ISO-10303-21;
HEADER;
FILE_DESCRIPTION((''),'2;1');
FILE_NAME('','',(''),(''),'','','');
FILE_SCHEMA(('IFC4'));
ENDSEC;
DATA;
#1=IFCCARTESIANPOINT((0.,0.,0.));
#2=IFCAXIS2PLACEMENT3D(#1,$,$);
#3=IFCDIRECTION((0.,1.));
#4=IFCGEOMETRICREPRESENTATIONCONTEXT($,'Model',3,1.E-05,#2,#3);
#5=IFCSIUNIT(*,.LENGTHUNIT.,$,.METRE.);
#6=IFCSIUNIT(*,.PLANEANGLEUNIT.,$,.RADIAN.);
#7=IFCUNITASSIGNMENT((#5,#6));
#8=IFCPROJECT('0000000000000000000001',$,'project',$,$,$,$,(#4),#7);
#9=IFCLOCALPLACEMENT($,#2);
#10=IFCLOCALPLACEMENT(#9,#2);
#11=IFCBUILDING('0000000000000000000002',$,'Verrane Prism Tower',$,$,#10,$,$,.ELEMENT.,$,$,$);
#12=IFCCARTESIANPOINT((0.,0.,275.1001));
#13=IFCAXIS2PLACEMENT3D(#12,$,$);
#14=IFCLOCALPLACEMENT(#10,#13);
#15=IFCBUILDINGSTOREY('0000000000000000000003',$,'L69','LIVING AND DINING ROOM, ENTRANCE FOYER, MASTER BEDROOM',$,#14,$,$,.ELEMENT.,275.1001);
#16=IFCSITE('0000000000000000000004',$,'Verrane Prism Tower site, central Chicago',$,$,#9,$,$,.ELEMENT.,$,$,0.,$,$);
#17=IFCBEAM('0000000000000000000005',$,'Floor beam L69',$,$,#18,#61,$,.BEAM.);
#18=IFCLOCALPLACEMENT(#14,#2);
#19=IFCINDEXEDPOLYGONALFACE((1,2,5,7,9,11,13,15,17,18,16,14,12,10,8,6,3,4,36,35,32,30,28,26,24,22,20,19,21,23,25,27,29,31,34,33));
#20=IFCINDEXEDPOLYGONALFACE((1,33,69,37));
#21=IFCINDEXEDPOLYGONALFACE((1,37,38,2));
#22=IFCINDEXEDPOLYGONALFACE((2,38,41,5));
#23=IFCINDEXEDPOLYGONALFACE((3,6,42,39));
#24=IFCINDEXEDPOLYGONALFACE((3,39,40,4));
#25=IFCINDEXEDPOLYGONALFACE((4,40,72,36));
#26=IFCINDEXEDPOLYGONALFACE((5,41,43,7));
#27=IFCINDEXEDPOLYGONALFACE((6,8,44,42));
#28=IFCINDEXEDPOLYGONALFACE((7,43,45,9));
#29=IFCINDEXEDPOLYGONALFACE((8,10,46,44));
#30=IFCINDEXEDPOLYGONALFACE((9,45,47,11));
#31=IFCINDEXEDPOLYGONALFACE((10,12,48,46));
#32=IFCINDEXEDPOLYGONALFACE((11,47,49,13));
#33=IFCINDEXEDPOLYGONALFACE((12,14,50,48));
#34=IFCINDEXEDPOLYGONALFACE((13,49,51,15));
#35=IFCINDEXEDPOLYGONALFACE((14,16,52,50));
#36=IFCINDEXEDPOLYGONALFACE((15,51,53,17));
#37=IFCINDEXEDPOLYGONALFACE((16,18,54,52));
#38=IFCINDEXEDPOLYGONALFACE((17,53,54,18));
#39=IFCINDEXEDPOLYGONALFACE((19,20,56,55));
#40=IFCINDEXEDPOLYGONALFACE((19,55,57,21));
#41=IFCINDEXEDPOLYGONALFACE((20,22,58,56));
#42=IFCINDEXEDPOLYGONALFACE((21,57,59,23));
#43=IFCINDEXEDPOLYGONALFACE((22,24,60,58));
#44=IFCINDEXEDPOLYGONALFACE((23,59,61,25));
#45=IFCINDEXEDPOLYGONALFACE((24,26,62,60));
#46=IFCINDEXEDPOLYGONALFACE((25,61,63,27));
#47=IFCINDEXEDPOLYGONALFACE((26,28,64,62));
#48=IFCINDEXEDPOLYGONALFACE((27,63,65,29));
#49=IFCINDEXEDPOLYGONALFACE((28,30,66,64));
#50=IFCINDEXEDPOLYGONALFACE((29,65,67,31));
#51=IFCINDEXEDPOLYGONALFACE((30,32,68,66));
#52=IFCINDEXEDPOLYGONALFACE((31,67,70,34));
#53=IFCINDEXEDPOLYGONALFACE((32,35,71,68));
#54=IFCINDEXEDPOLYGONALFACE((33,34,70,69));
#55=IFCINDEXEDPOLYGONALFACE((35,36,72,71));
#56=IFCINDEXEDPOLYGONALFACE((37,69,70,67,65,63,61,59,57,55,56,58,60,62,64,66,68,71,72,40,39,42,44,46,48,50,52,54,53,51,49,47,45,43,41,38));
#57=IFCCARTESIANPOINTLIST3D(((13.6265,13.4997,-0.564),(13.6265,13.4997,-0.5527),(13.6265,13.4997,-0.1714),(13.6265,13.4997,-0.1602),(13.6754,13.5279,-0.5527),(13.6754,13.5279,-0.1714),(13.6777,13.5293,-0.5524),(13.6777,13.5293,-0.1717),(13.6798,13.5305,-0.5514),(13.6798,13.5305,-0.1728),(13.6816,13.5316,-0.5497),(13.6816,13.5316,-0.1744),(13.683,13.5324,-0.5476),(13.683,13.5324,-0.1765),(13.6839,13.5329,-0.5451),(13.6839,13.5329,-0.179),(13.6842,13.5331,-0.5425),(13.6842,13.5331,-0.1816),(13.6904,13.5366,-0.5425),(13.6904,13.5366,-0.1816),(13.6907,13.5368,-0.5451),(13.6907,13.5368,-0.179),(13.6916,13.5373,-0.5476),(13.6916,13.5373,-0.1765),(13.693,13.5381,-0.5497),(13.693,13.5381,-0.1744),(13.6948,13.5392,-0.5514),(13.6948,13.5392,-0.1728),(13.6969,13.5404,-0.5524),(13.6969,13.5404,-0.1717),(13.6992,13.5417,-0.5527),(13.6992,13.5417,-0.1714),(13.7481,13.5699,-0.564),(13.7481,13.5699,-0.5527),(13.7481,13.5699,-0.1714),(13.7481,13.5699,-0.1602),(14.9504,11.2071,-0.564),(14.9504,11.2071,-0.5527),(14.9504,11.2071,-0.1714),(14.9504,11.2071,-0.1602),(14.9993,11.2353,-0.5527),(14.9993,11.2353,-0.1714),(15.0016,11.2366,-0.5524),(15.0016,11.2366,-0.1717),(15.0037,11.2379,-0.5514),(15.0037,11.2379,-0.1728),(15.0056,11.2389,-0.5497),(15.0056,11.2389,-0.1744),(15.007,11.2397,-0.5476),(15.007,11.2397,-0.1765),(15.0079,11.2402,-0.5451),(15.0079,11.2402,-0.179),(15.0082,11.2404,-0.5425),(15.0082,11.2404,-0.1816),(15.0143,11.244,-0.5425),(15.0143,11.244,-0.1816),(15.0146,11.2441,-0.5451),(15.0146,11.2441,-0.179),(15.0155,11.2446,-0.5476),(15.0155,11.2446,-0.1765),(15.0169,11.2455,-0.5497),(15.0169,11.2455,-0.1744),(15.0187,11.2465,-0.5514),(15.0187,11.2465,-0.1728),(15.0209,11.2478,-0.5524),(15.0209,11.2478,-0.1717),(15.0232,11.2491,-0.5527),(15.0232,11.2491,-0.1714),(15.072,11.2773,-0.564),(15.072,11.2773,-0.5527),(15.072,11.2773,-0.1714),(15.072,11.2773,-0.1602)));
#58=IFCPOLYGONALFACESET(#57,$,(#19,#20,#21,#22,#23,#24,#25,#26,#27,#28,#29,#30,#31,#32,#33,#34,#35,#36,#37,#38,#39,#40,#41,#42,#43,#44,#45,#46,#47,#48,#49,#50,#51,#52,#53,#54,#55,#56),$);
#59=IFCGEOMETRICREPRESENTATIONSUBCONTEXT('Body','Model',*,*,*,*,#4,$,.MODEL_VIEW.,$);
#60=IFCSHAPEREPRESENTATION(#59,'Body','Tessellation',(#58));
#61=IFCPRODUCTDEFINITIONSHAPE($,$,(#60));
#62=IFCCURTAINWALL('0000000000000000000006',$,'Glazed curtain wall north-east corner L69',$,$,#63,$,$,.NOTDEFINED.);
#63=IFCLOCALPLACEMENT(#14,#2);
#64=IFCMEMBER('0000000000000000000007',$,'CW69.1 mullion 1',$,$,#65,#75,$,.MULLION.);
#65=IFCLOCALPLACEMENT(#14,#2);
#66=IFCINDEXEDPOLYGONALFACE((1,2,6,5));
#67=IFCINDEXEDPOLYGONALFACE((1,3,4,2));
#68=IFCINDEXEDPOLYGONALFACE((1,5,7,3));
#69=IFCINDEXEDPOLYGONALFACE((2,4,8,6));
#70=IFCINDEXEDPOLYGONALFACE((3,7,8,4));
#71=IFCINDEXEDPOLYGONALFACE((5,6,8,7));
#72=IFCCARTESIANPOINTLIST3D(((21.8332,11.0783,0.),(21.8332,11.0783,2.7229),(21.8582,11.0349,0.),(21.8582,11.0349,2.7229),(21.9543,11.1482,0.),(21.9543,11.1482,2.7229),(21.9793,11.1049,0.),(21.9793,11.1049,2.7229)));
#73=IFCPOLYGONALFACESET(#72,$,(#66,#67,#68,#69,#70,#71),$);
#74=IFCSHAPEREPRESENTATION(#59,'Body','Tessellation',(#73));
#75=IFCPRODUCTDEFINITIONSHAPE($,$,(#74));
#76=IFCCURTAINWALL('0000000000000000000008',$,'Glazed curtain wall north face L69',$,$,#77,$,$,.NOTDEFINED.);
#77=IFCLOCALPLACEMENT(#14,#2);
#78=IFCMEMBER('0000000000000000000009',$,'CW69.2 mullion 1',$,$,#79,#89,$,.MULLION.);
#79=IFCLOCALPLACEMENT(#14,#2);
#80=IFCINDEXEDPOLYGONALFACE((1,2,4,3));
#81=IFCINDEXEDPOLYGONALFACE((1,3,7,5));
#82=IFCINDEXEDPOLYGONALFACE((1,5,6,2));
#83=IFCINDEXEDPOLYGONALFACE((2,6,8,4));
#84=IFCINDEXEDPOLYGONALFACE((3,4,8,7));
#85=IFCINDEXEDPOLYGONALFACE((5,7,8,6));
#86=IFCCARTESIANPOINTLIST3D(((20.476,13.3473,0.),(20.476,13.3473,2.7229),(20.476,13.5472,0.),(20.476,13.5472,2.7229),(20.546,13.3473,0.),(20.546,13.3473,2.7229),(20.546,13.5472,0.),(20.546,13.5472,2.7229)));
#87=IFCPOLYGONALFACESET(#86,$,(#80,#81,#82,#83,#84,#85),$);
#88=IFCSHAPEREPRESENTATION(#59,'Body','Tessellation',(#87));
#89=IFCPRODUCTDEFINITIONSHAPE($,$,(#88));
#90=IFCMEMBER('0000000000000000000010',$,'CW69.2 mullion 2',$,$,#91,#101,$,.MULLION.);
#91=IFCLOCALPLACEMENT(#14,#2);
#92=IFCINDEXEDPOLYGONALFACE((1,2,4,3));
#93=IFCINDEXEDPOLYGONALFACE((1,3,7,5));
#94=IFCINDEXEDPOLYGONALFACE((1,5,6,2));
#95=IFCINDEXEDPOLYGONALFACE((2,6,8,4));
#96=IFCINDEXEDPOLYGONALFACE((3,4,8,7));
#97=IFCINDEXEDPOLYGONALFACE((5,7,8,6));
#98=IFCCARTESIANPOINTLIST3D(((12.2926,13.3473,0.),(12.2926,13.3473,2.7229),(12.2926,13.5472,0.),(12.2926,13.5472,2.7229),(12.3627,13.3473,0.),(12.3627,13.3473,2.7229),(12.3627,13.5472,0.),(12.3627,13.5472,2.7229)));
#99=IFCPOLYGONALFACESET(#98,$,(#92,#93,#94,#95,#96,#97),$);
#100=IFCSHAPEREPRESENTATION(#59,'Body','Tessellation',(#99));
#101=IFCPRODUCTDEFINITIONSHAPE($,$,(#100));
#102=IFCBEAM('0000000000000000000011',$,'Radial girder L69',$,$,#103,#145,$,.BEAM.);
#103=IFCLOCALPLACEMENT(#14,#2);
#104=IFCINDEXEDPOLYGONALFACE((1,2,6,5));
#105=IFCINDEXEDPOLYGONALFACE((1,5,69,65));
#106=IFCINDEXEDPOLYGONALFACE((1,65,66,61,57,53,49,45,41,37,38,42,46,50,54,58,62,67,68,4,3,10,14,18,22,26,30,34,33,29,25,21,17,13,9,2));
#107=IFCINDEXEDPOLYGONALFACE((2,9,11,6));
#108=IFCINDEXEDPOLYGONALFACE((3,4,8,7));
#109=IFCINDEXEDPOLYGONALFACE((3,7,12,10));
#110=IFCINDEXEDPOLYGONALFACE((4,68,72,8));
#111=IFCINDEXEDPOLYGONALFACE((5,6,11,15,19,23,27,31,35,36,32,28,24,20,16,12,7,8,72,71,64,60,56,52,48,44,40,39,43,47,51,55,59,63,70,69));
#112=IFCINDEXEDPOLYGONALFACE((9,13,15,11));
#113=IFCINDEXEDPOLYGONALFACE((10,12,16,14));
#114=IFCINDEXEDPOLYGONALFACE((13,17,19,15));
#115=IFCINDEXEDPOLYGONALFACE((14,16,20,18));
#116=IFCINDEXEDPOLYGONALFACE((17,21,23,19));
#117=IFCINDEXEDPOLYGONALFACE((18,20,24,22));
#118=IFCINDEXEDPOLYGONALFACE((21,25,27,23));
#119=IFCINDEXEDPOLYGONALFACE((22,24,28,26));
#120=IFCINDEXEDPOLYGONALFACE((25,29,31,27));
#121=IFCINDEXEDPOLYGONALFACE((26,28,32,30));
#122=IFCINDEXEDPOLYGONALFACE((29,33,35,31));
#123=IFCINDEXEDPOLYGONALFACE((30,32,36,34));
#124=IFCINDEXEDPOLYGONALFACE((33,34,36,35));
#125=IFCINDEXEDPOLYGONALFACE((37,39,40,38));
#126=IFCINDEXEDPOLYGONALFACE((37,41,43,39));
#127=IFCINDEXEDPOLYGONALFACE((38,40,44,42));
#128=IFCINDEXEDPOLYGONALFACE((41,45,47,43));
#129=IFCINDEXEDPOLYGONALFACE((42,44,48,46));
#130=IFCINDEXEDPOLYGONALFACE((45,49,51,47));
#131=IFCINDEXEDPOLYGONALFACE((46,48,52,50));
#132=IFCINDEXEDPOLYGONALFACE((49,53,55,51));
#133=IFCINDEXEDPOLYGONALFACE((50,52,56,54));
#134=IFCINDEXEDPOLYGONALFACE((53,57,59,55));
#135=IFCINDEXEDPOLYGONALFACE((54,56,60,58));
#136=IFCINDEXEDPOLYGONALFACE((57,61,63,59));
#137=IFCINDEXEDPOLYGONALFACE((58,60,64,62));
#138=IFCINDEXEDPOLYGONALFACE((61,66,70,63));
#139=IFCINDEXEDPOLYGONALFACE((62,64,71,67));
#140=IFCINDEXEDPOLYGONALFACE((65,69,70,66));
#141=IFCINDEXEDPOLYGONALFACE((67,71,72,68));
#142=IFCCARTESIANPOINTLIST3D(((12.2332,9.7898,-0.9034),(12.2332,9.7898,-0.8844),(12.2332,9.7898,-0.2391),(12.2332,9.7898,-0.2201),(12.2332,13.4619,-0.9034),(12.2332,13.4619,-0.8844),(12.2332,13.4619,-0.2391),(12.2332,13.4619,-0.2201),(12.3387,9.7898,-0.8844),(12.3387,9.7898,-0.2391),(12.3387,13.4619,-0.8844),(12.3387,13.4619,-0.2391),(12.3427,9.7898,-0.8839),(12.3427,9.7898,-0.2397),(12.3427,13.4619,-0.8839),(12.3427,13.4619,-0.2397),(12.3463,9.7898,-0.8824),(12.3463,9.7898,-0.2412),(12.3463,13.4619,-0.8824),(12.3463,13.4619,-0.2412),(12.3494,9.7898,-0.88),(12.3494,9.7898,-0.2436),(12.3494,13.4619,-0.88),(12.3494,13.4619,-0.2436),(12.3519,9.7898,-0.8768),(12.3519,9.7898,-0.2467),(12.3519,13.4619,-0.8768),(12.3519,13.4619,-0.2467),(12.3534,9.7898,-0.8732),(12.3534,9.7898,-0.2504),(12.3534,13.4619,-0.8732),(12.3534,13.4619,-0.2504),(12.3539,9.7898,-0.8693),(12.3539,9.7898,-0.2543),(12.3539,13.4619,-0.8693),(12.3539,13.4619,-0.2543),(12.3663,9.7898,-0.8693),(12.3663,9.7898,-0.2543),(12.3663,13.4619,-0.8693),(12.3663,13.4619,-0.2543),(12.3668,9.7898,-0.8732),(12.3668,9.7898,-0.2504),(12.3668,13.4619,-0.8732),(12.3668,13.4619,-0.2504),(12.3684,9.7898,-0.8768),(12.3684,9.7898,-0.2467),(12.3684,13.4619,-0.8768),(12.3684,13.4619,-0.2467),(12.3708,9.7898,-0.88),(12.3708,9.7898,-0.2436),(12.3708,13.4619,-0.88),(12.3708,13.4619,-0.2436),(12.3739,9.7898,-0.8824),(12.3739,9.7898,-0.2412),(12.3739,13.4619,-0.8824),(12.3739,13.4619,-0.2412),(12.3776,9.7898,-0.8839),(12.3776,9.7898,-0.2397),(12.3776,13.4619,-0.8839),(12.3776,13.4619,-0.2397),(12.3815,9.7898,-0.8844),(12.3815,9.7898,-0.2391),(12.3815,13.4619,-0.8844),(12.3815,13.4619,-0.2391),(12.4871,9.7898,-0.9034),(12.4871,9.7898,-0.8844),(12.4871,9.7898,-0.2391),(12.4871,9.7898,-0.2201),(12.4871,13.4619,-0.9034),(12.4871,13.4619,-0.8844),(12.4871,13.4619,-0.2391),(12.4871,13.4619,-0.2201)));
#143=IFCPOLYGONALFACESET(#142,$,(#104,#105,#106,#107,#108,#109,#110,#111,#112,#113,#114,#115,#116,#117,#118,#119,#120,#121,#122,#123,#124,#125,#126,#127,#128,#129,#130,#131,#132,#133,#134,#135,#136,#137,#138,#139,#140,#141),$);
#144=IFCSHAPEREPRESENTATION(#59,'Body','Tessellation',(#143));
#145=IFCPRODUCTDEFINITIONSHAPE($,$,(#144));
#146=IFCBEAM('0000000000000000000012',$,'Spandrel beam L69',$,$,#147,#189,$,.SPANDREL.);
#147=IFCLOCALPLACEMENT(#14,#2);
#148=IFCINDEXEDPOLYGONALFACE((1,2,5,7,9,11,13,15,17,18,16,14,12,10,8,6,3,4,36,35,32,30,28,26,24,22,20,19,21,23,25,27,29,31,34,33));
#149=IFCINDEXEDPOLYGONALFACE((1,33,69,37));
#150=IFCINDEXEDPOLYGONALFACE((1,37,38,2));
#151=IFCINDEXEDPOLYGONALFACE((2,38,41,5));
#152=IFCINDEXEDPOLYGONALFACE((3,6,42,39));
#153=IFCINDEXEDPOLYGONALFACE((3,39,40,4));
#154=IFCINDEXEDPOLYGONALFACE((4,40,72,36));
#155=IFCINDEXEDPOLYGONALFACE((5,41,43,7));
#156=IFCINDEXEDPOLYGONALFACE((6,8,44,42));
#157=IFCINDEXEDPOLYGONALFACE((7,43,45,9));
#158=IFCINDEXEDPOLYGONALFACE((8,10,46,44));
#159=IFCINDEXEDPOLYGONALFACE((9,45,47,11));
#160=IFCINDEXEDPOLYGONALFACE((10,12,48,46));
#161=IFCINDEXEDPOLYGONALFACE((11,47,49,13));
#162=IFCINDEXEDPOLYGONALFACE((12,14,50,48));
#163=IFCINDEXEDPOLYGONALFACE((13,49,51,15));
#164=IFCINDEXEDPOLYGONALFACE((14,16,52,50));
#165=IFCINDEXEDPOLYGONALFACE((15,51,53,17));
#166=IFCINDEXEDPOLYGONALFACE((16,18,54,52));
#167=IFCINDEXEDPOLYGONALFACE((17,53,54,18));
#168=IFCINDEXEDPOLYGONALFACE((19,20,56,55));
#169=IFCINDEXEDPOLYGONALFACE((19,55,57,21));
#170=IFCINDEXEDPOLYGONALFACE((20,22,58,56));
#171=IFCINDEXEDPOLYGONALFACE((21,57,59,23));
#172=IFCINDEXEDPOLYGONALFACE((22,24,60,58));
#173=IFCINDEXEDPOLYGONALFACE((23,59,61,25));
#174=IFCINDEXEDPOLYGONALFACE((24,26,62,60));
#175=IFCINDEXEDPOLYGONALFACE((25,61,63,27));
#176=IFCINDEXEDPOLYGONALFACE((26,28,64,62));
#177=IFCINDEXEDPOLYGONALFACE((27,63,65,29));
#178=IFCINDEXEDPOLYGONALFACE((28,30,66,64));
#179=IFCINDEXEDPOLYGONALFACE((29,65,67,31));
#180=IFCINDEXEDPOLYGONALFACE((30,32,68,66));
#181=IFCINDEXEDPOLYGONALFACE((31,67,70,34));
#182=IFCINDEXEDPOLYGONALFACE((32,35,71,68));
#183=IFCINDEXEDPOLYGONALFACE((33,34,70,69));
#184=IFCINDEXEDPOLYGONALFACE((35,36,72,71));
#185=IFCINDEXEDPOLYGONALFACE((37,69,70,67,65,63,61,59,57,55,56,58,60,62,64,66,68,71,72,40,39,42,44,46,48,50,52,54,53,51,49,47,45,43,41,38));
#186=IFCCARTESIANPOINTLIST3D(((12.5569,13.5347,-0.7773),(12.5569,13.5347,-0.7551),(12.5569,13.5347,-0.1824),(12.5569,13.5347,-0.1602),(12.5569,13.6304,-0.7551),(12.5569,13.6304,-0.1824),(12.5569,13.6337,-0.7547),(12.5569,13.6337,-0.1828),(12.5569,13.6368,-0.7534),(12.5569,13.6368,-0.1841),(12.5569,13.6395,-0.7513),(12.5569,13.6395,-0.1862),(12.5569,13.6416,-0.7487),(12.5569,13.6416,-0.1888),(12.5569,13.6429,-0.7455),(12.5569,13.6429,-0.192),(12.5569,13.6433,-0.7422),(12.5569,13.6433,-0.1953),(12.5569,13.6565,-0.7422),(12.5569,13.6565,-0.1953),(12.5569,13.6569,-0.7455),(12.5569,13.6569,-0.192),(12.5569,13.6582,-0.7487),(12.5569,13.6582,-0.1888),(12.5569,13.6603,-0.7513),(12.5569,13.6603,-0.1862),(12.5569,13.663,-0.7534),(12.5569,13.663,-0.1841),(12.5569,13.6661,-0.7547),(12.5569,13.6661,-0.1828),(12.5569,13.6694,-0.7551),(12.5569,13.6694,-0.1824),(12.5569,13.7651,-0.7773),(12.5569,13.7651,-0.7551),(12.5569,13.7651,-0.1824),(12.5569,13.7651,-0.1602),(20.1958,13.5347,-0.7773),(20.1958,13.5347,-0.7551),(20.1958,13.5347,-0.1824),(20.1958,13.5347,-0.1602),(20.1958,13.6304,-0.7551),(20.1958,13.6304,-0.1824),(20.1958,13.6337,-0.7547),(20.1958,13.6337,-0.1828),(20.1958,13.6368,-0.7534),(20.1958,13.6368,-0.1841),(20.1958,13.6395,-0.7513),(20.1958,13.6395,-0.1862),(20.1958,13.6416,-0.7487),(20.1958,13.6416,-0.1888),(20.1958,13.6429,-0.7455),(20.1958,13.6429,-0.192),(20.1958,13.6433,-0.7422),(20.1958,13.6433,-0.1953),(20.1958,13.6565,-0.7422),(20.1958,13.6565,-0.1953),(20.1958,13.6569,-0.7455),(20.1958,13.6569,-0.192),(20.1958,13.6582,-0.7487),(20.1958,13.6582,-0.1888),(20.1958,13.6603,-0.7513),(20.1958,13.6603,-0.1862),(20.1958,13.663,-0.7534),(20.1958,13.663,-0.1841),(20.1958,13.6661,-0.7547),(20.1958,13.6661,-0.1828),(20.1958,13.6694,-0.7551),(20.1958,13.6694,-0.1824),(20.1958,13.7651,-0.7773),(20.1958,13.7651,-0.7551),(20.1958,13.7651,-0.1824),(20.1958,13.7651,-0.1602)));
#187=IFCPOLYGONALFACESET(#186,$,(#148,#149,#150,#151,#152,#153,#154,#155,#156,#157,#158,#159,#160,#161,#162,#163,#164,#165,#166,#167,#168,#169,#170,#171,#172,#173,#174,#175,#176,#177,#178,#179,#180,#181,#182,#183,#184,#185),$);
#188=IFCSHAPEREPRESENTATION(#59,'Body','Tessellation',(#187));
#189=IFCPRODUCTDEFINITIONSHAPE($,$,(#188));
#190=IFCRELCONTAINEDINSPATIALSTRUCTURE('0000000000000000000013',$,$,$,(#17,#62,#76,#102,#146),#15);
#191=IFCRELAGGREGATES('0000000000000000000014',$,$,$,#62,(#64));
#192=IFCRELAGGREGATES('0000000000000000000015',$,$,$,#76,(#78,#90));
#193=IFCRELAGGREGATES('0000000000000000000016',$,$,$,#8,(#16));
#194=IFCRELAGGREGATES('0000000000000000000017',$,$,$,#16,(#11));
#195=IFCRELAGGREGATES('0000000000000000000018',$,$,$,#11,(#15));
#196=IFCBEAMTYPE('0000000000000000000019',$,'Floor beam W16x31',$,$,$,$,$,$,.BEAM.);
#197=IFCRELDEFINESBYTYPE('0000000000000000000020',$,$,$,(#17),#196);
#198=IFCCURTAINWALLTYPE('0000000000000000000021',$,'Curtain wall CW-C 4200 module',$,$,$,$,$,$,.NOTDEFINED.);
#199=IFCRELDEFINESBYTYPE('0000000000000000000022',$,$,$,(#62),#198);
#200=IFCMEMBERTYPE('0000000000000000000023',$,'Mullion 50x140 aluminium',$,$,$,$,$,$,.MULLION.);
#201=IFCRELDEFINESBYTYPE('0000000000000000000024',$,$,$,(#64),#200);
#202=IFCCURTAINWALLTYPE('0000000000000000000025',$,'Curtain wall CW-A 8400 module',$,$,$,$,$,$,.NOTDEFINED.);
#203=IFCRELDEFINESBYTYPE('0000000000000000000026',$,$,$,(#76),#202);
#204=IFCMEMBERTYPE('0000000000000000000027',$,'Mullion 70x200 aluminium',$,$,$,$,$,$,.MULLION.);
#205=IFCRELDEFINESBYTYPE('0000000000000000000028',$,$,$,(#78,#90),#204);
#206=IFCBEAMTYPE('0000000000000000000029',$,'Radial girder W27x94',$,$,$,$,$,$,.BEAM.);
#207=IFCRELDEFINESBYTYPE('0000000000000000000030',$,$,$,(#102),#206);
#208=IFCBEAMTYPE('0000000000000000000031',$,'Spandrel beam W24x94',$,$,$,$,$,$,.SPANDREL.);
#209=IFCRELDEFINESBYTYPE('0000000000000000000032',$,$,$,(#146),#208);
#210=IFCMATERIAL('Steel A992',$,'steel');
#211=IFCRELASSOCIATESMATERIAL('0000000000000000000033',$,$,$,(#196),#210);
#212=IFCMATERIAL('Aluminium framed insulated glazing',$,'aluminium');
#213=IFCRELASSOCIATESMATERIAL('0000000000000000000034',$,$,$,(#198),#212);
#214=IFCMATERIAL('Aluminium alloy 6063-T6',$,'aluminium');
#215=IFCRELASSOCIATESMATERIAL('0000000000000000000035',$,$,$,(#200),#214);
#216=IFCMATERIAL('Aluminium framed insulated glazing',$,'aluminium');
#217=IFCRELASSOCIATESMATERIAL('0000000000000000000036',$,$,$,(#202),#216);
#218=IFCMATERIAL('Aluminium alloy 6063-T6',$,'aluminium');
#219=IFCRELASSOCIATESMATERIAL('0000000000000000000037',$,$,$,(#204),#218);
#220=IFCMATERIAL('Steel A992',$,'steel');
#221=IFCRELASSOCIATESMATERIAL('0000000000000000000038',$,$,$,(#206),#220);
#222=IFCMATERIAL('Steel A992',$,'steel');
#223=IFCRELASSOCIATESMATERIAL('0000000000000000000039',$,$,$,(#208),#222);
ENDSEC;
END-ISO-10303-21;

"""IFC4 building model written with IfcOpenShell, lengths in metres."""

from ifc_helpers import new_model, si_unit, direction, frame, origin, origin_2d, place, context, subcontext, project, spatial, rectangle, i_section, extrude, material, material_profile, profile_set, type_object, element, aggregate, save


model = new_model("IFC4")

# Units and contexts
model_context = context("Model", 3, precision=1e-05, world=origin(), true_north=direction((0.0, 1.0)))
body_context = subcontext(model_context, "Body", "Model", "MODEL_VIEW")
ifc_project = project(units=[si_unit("LENGTHUNIT", "METRE"), si_unit("PLANEANGLEUNIT", "RADIAN")], contexts=[model_context])

# Site, building, storey
site_placement = place(None, origin())
site = spatial("IfcSite", under=ifc_project, at=site_placement, Name="Verrane Prism Tower site, central Chicago", CompositionType="ELEMENT", RefElevation=0.0)
building_placement = place(site_placement, origin())
building = spatial("IfcBuilding", under=site, at=building_placement, Name="Verrane Prism Tower", CompositionType="ELEMENT")
storey_placement = place(building_placement, frame((0.0, 0.0, 275.1001)))
storey = spatial("IfcBuildingStorey", under=building, at=storey_placement, Name="L69", Description="LIVING AND DINING ROOM, ENTRANCE FOYER, MASTER BEDROOM", CompositionType="ELEMENT", Elevation=275.1001)

# Beam
ifc_material_1 = material(Name="Steel A992", Category="steel")
ifc_material_profile_1 = material_profile(ifc_material_1, i_section(OverallWidth=0.1404, OverallDepth=0.4038, WebThickness=0.0071, FlangeThickness=0.0112, FilletRadius=0.0103, at=origin_2d()), Name="W16x31")
ifc_profile_set_1 = profile_set([ifc_material_profile_1], Name="Steel A992")
beam_type_1 = type_object("IfcBeamType", Name="Floor beam W16x31", PredefinedType="BEAM", material=ifc_profile_set_1)
beam_1_placement = place(storey_placement, frame((15.0112, 11.2422, -0.3621), z_axis=(-0.500076, 0.865981, 0.0), x_axis=(-0.865981, -0.500076, 0.0)))
element("IfcBeam", 1, at=beam_1_placement, inside=storey, type_object=beam_type_1, Name="Floor beam L69", PredefinedType="BEAM", context=body_context, shape_type="SweptSolid", body=[
    extrude(i_section(OverallWidth=0.1404, OverallDepth=0.4038, WebThickness=0.0071, FlangeThickness=0.0112, FilletRadius=0.0103, at=origin_2d()), origin(), (0.0, 0.0, 1.0), 2.6475),
])

# Curtain wall, member
ifc_material_2 = material(Name="Aluminium framed insulated glazing", Category="aluminium")
curtain_wall_type_1 = type_object("IfcCurtainWallType", Name="Curtain wall CW-C 4200 module", PredefinedType="NOTDEFINED", material=ifc_material_2)
curtain_wall_1_placement = place(storey_placement, origin())
curtain_wall_1 = element("IfcCurtainWall", 2, at=curtain_wall_1_placement, inside=storey, type_object=curtain_wall_type_1, Name="Glazed curtain wall north-east corner L69", PredefinedType="NOTDEFINED")
ifc_material_3 = material(Name="Aluminium alloy 6063-T6", Category="aluminium")
ifc_material_profile_2 = material_profile(ifc_material_3, rectangle(XDim=0.1399, YDim=0.05, at=origin_2d()), Name="Mullion 50x140 aluminium")
ifc_profile_set_2 = profile_set([ifc_material_profile_2], Name="Aluminium alloy 6063-T6")
member_type_1 = type_object("IfcMemberType", Name="Mullion 50x140 aluminium", PredefinedType="MULLION", material=ifc_profile_set_2)
member_1_placement = place(storey_placement, frame((21.9062, 11.0916, 0.0), z_axis=(0.0, 0.0, 1.0), x_axis=(-0.866024, -0.500002, 0.0)))
member_1 = element("IfcMember", 3, at=member_1_placement, type_object=member_type_1, Name="CW69.1 mullion 1", PredefinedType="MULLION", context=body_context, shape_type="SweptSolid", body=[
    extrude(rectangle(XDim=0.1399, YDim=0.05, at=origin_2d()), origin(), (0.0, 0.0, 1.0), 2.7229),
])

# Curtain wall, members
ifc_material_4 = material(Name="Aluminium framed insulated glazing", Category="aluminium")
curtain_wall_type_2 = type_object("IfcCurtainWallType", Name="Curtain wall CW-A 8400 module", PredefinedType="NOTDEFINED", material=ifc_material_4)
curtain_wall_2_placement = place(storey_placement, origin())
curtain_wall_2 = element("IfcCurtainWall", 4, at=curtain_wall_2_placement, inside=storey, type_object=curtain_wall_type_2, Name="Glazed curtain wall north face L69", PredefinedType="NOTDEFINED")
ifc_material_5 = material(Name="Aluminium alloy 6063-T6", Category="aluminium")
ifc_material_profile_3 = material_profile(ifc_material_5, rectangle(XDim=0.2, YDim=0.0701, at=origin_2d()), Name="Mullion 70x200 aluminium")
ifc_profile_set_3 = profile_set([ifc_material_profile_3], Name="Aluminium alloy 6063-T6")
member_type_2 = type_object("IfcMemberType", Name="Mullion 70x200 aluminium", PredefinedType="MULLION", material=ifc_profile_set_3)
member_2_placement = place(storey_placement, frame((20.511, 13.4473, 0.0), z_axis=(0.0, 0.0, 1.0), x_axis=(0.0, -1.0, 0.0)))
member_2 = element("IfcMember", 5, at=member_2_placement, type_object=member_type_2, Name="CW69.2 mullion 1", PredefinedType="MULLION", context=body_context, shape_type="SweptSolid", body=[
    extrude(rectangle(XDim=0.2, YDim=0.0701, at=origin_2d()), origin(), (0.0, 0.0, 1.0), 2.7229),
])
member_3_placement = place(storey_placement, frame((12.3276, 13.4473, 0.0), z_axis=(0.0, 0.0, 1.0), x_axis=(0.0, -1.0, 0.0)))
member_3 = element("IfcMember", 6, at=member_3_placement, type_object=member_type_2, Name="CW69.2 mullion 2", PredefinedType="MULLION", context=body_context, shape_type="SweptSolid", body=[
    extrude(rectangle(XDim=0.2, YDim=0.0701, at=origin_2d()), origin(), (0.0, 0.0, 1.0), 2.7229),
])

# Beams
ifc_material_6 = material(Name="Steel A992", Category="steel")
ifc_material_profile_4 = material_profile(ifc_material_6, i_section(OverallWidth=0.2539, OverallDepth=0.6833, WebThickness=0.0125, FlangeThickness=0.019, FilletRadius=0.0151, at=origin_2d()), Name="W27x94")
ifc_profile_set_4 = profile_set([ifc_material_profile_4], Name="Steel A992")
beam_type_2 = type_object("IfcBeamType", Name="Radial girder W27x94", PredefinedType="BEAM", material=ifc_profile_set_4)
beam_2_placement = place(storey_placement, frame((12.3601, 13.4619, -0.5618), z_axis=(0.0, -1.0, 0.0), x_axis=(1.0, 0.0, 0.0)))
element("IfcBeam", 7, at=beam_2_placement, inside=storey, type_object=beam_type_2, Name="Radial girder L69", PredefinedType="BEAM", context=body_context, shape_type="SweptSolid", body=[
    extrude(i_section(OverallWidth=0.2539, OverallDepth=0.6833, WebThickness=0.0125, FlangeThickness=0.019, FilletRadius=0.0151, at=origin_2d()), origin(), (0.0, 0.0, 1.0), 3.6721),
])
ifc_material_7 = material(Name="Steel A992", Category="steel")
ifc_material_profile_5 = material_profile(ifc_material_7, i_section(OverallWidth=0.2305, OverallDepth=0.6172, WebThickness=0.0132, FlangeThickness=0.0222, FilletRadius=0.0129, at=origin_2d()), Name="W24x94")
ifc_profile_set_5 = profile_set([ifc_material_profile_5], Name="Steel A992")
beam_type_3 = type_object("IfcBeamType", Name="Spandrel beam W24x94", PredefinedType="SPANDREL", material=ifc_profile_set_5)
beam_3_placement = place(storey_placement, frame((20.1958, 13.6499, -0.4688), z_axis=(-1.0, 0.0, 0.0), x_axis=(0.0, -1.0, 0.0)))
element("IfcBeam", 8, at=beam_3_placement, inside=storey, type_object=beam_type_3, Name="Spandrel beam L69", PredefinedType="SPANDREL", context=body_context, shape_type="SweptSolid", body=[
    extrude(i_section(OverallWidth=0.2305, OverallDepth=0.6172, WebThickness=0.0132, FlangeThickness=0.0222, FilletRadius=0.0129, at=origin_2d()), origin(), (0.0, 0.0, 1.0), 7.6389),
])

aggregate(curtain_wall_1, [member_1])
aggregate(curtain_wall_2, [member_2, member_3])

save(model, "model.ifc")
